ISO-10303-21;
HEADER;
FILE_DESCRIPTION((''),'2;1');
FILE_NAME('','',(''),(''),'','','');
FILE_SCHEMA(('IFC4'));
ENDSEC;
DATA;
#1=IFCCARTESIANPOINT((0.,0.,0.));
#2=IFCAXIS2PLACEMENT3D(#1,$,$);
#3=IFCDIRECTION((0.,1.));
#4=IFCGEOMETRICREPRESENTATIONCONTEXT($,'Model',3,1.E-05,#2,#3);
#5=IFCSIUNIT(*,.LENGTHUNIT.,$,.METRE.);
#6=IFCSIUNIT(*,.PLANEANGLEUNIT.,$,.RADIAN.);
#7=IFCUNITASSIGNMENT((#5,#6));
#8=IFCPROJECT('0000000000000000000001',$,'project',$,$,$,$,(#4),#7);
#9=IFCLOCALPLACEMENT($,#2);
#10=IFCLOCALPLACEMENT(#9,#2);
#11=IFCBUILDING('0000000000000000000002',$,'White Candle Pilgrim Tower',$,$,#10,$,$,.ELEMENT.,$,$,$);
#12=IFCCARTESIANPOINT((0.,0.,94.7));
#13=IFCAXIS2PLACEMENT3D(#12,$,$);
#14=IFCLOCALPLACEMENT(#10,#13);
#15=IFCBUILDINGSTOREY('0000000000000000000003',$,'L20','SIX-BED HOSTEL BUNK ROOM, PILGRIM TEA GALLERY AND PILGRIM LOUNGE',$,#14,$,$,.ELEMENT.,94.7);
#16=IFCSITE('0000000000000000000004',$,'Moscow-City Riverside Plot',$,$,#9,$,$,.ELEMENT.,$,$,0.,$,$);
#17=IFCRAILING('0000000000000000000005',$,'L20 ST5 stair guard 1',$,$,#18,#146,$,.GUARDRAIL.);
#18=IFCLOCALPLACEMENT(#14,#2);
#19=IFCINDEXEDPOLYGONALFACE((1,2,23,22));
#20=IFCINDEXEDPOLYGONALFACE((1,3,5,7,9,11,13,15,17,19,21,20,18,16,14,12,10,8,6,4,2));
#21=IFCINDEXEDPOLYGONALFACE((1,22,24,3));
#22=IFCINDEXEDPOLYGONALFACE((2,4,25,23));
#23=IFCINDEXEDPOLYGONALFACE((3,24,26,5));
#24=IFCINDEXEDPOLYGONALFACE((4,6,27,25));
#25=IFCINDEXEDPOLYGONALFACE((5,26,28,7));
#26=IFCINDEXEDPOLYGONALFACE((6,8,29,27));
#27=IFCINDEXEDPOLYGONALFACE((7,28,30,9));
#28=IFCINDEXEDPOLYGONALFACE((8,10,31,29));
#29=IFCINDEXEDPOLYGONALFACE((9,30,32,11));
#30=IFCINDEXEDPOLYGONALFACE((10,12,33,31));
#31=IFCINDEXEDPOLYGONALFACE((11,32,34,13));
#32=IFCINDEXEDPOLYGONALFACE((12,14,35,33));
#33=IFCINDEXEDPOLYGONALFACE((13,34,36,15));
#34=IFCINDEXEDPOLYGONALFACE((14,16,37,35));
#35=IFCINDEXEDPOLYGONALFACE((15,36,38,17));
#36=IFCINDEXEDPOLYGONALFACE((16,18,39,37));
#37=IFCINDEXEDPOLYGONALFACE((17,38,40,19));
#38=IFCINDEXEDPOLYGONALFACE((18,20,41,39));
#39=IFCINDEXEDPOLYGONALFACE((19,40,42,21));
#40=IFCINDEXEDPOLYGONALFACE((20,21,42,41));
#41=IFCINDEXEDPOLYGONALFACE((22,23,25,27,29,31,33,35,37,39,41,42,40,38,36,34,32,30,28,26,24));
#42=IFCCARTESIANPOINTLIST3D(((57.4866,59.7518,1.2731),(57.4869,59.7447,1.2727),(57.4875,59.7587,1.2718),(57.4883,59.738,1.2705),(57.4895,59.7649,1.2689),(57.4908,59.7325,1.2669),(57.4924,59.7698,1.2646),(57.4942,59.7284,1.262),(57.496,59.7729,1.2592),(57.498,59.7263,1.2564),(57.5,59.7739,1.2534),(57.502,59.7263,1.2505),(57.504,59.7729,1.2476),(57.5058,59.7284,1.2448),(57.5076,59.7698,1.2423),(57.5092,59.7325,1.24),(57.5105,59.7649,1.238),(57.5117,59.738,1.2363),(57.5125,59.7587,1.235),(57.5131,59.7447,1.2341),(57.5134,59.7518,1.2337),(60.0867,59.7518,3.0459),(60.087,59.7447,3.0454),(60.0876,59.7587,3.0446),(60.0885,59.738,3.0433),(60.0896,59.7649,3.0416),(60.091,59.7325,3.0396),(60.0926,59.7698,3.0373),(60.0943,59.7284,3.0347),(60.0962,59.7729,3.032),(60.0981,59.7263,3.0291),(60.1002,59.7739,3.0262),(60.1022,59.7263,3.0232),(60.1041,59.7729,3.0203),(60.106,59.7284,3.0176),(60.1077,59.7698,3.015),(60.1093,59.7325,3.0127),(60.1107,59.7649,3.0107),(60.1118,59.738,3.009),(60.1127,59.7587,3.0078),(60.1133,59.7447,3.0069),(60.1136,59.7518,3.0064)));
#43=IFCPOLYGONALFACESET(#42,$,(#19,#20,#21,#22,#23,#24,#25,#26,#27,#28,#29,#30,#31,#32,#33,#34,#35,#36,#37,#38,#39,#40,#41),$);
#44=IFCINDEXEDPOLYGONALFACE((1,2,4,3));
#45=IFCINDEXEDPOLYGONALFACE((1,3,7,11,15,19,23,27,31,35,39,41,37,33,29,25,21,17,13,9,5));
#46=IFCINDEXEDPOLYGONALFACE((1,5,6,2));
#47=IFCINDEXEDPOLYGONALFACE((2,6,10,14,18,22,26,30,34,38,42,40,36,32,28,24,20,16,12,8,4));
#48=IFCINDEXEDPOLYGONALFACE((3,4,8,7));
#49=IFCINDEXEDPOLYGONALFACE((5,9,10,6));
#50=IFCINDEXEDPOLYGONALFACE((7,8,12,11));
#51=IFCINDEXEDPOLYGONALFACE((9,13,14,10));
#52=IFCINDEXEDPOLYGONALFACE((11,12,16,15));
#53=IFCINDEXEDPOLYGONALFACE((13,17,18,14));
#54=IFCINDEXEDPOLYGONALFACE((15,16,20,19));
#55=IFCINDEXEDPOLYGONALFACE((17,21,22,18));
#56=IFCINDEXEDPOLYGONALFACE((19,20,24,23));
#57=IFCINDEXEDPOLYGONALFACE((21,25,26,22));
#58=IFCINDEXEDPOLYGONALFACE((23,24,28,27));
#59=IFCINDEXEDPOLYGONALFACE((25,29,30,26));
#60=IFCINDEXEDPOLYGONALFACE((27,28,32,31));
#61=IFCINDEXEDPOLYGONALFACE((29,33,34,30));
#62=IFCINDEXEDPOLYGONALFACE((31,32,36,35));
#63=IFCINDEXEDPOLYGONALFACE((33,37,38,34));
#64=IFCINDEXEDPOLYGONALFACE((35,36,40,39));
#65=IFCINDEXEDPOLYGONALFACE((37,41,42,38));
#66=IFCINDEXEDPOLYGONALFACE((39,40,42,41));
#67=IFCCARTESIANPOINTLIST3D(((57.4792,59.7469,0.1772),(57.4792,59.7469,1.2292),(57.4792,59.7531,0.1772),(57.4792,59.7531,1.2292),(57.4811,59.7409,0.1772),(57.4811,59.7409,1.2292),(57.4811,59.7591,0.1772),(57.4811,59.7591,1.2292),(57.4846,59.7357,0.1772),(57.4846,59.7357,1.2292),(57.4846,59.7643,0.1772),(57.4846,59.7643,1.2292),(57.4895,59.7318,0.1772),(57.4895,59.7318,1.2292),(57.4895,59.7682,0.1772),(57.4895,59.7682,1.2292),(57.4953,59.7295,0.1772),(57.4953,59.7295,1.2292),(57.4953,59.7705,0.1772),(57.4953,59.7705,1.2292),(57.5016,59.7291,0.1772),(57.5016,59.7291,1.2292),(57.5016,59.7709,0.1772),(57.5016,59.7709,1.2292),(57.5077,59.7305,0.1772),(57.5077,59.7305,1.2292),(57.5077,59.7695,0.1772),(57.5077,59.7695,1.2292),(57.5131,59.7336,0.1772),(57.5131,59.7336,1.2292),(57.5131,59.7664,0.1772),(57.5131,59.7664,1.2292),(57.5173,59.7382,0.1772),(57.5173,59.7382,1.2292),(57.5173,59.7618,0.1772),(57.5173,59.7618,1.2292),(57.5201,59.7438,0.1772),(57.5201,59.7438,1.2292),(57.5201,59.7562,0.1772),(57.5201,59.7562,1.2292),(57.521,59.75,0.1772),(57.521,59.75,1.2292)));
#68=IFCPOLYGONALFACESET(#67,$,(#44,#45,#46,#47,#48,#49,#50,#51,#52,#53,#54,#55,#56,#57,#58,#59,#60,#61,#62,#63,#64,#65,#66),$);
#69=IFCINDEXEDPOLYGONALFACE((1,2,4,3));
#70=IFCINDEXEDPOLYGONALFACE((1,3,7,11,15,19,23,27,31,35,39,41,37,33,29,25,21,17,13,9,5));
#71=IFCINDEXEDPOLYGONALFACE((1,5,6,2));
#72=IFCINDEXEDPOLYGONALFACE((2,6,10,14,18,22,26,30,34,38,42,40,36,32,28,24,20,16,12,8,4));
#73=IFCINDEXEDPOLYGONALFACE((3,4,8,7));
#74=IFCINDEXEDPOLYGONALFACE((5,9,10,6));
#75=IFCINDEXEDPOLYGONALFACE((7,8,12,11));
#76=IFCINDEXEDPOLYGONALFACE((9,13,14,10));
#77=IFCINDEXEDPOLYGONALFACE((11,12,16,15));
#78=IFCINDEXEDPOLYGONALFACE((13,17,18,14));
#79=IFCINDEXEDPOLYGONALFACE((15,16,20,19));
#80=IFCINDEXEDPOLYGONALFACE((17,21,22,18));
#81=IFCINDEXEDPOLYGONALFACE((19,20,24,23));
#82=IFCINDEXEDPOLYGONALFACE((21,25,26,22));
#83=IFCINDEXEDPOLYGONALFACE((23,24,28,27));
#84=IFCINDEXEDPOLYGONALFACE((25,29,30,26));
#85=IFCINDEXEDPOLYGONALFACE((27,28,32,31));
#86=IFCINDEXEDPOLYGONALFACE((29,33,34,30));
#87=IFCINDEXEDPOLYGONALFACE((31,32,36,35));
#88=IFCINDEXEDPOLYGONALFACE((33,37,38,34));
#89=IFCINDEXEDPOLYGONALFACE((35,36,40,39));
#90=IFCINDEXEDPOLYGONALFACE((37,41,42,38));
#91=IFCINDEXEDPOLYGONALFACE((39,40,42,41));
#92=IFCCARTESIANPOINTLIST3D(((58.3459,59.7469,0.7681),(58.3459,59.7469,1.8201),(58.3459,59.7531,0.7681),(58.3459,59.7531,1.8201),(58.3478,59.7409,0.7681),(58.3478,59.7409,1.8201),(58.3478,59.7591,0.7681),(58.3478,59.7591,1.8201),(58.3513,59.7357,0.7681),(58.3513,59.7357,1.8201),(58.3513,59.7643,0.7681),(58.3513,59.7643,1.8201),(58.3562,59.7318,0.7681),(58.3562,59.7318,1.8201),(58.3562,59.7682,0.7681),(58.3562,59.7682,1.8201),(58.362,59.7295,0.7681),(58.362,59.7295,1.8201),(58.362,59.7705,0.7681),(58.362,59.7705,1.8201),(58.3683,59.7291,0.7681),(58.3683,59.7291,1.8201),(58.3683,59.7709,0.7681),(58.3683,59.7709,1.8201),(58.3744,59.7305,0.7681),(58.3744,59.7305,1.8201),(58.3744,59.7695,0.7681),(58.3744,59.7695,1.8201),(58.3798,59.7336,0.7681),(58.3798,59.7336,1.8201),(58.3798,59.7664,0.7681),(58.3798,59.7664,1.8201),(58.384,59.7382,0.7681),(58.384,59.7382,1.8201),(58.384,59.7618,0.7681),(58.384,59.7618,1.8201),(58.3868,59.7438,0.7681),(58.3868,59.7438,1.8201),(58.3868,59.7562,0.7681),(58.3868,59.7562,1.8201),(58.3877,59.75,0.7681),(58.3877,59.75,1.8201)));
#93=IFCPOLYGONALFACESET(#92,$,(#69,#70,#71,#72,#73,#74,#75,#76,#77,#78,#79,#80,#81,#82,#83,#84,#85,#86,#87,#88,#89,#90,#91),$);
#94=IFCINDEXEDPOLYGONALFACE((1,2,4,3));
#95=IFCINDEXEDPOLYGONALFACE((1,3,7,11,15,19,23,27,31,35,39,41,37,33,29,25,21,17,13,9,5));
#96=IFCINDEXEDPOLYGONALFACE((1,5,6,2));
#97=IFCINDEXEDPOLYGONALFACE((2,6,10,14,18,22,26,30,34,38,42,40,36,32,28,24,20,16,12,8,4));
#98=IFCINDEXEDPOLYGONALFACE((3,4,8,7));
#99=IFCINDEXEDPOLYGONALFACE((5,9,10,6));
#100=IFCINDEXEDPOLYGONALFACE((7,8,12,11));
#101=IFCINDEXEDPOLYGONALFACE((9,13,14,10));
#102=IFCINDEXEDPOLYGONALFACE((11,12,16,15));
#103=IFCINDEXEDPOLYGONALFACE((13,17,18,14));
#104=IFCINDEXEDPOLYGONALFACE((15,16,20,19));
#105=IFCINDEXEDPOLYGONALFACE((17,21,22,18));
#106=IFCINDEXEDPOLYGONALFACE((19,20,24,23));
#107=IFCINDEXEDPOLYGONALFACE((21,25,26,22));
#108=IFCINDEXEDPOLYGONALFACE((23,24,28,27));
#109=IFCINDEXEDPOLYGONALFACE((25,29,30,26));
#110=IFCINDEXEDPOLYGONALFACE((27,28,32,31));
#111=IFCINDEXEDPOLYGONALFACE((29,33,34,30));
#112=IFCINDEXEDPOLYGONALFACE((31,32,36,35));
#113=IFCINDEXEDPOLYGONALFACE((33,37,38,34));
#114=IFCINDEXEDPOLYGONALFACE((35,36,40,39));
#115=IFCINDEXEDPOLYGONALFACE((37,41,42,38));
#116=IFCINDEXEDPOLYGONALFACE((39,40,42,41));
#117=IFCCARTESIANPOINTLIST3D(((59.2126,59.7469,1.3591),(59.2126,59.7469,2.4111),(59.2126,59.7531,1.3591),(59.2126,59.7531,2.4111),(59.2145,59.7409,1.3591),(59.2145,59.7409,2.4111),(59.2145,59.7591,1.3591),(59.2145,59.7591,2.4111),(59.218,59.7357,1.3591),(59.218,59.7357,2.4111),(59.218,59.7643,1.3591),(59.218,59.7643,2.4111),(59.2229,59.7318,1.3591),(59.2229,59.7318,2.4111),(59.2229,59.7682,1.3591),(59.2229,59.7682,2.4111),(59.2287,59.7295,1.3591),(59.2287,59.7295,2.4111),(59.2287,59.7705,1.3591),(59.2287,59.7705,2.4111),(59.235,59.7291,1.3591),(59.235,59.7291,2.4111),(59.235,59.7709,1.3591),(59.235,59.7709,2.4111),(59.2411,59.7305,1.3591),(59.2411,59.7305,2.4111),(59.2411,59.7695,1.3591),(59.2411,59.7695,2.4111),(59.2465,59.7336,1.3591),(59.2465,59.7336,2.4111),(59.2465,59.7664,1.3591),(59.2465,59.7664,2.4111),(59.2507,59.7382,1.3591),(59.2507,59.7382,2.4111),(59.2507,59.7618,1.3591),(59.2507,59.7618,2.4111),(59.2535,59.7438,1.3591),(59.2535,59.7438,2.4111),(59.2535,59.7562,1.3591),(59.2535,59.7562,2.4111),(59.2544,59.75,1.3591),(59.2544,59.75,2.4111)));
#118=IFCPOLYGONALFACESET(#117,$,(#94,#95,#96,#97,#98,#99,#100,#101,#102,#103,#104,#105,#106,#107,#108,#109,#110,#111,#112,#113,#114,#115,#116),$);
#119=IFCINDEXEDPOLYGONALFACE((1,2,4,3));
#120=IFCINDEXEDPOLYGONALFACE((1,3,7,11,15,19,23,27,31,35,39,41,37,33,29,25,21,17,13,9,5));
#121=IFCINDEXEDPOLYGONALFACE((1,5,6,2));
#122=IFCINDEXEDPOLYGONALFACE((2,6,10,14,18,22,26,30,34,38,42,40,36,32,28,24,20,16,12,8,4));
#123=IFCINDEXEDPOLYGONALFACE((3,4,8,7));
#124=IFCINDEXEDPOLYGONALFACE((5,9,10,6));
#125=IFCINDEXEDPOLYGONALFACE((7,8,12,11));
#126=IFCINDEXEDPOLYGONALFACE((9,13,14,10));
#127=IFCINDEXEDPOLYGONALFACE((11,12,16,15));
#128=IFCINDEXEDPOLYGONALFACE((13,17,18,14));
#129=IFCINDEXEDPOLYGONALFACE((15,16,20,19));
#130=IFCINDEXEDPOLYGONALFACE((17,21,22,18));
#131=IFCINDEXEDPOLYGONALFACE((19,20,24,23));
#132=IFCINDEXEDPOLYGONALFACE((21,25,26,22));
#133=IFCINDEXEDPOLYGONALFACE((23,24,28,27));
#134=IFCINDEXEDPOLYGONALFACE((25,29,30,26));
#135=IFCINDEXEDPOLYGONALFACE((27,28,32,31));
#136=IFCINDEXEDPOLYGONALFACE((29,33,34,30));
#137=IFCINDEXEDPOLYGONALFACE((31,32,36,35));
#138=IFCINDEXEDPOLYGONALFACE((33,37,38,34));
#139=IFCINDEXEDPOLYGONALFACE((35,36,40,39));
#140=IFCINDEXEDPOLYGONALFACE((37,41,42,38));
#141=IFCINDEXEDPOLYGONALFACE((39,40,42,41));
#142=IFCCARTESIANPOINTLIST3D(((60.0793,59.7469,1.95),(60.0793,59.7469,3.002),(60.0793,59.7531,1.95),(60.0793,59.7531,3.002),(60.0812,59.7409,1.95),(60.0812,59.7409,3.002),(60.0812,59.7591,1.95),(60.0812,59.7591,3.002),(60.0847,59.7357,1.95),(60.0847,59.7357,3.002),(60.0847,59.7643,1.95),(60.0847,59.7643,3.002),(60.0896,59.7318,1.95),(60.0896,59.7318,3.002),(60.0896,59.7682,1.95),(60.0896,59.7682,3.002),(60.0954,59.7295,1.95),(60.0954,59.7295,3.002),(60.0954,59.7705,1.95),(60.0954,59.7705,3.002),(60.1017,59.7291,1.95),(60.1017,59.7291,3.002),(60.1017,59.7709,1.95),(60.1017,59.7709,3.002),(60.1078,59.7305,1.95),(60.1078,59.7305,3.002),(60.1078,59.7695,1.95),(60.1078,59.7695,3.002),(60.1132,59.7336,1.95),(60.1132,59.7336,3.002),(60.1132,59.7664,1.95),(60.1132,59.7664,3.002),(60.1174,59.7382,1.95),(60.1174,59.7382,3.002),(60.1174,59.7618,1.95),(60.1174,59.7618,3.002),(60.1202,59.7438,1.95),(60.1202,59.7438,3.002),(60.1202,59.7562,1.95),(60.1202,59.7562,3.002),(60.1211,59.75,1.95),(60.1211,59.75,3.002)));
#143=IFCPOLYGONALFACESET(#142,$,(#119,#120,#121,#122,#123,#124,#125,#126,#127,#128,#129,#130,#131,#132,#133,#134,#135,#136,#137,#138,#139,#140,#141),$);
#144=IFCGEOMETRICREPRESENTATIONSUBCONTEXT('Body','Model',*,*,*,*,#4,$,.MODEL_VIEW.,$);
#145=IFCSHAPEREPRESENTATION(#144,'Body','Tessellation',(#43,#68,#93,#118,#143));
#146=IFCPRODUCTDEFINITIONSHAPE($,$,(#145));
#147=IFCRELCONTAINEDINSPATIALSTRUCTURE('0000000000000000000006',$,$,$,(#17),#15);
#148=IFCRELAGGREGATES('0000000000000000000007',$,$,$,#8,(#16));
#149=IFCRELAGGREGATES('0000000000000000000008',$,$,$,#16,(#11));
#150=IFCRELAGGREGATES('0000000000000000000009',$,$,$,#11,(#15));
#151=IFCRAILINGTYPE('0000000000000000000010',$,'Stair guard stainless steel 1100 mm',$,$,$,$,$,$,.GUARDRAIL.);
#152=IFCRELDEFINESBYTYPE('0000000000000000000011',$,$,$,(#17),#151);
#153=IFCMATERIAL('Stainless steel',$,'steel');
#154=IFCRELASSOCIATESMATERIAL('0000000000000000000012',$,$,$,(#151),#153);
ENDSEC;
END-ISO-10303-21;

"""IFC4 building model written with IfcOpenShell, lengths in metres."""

from ifc_helpers import new_model, si_unit, direction, frame, origin, origin_2d, place, context, subcontext, project, spatial, circle, extrude, material, type_object, element, save


model = new_model("IFC4")

# Units and contexts
model_context = context("Model", 3, precision=1e-05, world=origin(), true_north=direction((0.0, 1.0)))
body_context = subcontext(model_context, "Body", "Model", "MODEL_VIEW")
ifc_project = project(units=[si_unit("LENGTHUNIT", "METRE"), si_unit("PLANEANGLEUNIT", "RADIAN")], contexts=[model_context])

# Site, building, storey
site_placement = place(None, origin())
site = spatial("IfcSite", under=ifc_project, at=site_placement, Name="Moscow-City Riverside Plot", CompositionType="ELEMENT", RefElevation=0.0)
building_placement = place(site_placement, origin())
building = spatial("IfcBuilding", under=site, at=building_placement, Name="White Candle Pilgrim Tower", CompositionType="ELEMENT")
storey_placement = place(building_placement, frame((0.0, 0.0, 94.7)))
storey = spatial("IfcBuildingStorey", under=building, at=storey_placement, Name="L20", Description="SIX-BED HOSTEL BUNK ROOM, PILGRIM TEA GALLERY AND PILGRIM LOUNGE", CompositionType="ELEMENT", Elevation=94.7)

# Railing
ifc_material_1 = material(Name="Stainless steel", Category="steel")
railing_type_1 = type_object("IfcRailingType", Name="Stair guard stainless steel 1100 mm", PredefinedType="GUARDRAIL", material=ifc_material_1)
railing_1_placement = place(storey_placement, frame((57.5, 59.75, 0.1772)))
element("IfcRailing", 1, at=railing_1_placement, inside=storey, type_object=railing_type_1, Name="L20 ST5 stair guard 1", PredefinedType="GUARDRAIL", context=body_context, shape_type="SweptSolid", body=[
    extrude(circle(Radius=0.0239, at=origin_2d()), frame((0.0, 0.0, 1.0762), z_axis=(0.82624, 0.0, 0.563318), x_axis=(0.0, 1.0, 0.0)), (0.0, 0.0, 1.0), 3.147),
    extrude(circle(Radius=0.021, at=origin_2d()), origin(), (0.0, 0.0, 1.0), 1.052),
    extrude(circle(Radius=0.021, at=origin_2d()), frame((0.8667, 0.0, 0.5908)), (0.0, 0.0, 1.0), 1.052),
    extrude(circle(Radius=0.021, at=origin_2d()), frame((1.7334, 0.0, 1.1819)), (0.0, 0.0, 1.0), 1.052),
    extrude(circle(Radius=0.021, at=origin_2d()), frame((2.6001, 0.0, 1.7727)), (0.0, 0.0, 1.0), 1.052),
])

save(model, "model.ifc")
